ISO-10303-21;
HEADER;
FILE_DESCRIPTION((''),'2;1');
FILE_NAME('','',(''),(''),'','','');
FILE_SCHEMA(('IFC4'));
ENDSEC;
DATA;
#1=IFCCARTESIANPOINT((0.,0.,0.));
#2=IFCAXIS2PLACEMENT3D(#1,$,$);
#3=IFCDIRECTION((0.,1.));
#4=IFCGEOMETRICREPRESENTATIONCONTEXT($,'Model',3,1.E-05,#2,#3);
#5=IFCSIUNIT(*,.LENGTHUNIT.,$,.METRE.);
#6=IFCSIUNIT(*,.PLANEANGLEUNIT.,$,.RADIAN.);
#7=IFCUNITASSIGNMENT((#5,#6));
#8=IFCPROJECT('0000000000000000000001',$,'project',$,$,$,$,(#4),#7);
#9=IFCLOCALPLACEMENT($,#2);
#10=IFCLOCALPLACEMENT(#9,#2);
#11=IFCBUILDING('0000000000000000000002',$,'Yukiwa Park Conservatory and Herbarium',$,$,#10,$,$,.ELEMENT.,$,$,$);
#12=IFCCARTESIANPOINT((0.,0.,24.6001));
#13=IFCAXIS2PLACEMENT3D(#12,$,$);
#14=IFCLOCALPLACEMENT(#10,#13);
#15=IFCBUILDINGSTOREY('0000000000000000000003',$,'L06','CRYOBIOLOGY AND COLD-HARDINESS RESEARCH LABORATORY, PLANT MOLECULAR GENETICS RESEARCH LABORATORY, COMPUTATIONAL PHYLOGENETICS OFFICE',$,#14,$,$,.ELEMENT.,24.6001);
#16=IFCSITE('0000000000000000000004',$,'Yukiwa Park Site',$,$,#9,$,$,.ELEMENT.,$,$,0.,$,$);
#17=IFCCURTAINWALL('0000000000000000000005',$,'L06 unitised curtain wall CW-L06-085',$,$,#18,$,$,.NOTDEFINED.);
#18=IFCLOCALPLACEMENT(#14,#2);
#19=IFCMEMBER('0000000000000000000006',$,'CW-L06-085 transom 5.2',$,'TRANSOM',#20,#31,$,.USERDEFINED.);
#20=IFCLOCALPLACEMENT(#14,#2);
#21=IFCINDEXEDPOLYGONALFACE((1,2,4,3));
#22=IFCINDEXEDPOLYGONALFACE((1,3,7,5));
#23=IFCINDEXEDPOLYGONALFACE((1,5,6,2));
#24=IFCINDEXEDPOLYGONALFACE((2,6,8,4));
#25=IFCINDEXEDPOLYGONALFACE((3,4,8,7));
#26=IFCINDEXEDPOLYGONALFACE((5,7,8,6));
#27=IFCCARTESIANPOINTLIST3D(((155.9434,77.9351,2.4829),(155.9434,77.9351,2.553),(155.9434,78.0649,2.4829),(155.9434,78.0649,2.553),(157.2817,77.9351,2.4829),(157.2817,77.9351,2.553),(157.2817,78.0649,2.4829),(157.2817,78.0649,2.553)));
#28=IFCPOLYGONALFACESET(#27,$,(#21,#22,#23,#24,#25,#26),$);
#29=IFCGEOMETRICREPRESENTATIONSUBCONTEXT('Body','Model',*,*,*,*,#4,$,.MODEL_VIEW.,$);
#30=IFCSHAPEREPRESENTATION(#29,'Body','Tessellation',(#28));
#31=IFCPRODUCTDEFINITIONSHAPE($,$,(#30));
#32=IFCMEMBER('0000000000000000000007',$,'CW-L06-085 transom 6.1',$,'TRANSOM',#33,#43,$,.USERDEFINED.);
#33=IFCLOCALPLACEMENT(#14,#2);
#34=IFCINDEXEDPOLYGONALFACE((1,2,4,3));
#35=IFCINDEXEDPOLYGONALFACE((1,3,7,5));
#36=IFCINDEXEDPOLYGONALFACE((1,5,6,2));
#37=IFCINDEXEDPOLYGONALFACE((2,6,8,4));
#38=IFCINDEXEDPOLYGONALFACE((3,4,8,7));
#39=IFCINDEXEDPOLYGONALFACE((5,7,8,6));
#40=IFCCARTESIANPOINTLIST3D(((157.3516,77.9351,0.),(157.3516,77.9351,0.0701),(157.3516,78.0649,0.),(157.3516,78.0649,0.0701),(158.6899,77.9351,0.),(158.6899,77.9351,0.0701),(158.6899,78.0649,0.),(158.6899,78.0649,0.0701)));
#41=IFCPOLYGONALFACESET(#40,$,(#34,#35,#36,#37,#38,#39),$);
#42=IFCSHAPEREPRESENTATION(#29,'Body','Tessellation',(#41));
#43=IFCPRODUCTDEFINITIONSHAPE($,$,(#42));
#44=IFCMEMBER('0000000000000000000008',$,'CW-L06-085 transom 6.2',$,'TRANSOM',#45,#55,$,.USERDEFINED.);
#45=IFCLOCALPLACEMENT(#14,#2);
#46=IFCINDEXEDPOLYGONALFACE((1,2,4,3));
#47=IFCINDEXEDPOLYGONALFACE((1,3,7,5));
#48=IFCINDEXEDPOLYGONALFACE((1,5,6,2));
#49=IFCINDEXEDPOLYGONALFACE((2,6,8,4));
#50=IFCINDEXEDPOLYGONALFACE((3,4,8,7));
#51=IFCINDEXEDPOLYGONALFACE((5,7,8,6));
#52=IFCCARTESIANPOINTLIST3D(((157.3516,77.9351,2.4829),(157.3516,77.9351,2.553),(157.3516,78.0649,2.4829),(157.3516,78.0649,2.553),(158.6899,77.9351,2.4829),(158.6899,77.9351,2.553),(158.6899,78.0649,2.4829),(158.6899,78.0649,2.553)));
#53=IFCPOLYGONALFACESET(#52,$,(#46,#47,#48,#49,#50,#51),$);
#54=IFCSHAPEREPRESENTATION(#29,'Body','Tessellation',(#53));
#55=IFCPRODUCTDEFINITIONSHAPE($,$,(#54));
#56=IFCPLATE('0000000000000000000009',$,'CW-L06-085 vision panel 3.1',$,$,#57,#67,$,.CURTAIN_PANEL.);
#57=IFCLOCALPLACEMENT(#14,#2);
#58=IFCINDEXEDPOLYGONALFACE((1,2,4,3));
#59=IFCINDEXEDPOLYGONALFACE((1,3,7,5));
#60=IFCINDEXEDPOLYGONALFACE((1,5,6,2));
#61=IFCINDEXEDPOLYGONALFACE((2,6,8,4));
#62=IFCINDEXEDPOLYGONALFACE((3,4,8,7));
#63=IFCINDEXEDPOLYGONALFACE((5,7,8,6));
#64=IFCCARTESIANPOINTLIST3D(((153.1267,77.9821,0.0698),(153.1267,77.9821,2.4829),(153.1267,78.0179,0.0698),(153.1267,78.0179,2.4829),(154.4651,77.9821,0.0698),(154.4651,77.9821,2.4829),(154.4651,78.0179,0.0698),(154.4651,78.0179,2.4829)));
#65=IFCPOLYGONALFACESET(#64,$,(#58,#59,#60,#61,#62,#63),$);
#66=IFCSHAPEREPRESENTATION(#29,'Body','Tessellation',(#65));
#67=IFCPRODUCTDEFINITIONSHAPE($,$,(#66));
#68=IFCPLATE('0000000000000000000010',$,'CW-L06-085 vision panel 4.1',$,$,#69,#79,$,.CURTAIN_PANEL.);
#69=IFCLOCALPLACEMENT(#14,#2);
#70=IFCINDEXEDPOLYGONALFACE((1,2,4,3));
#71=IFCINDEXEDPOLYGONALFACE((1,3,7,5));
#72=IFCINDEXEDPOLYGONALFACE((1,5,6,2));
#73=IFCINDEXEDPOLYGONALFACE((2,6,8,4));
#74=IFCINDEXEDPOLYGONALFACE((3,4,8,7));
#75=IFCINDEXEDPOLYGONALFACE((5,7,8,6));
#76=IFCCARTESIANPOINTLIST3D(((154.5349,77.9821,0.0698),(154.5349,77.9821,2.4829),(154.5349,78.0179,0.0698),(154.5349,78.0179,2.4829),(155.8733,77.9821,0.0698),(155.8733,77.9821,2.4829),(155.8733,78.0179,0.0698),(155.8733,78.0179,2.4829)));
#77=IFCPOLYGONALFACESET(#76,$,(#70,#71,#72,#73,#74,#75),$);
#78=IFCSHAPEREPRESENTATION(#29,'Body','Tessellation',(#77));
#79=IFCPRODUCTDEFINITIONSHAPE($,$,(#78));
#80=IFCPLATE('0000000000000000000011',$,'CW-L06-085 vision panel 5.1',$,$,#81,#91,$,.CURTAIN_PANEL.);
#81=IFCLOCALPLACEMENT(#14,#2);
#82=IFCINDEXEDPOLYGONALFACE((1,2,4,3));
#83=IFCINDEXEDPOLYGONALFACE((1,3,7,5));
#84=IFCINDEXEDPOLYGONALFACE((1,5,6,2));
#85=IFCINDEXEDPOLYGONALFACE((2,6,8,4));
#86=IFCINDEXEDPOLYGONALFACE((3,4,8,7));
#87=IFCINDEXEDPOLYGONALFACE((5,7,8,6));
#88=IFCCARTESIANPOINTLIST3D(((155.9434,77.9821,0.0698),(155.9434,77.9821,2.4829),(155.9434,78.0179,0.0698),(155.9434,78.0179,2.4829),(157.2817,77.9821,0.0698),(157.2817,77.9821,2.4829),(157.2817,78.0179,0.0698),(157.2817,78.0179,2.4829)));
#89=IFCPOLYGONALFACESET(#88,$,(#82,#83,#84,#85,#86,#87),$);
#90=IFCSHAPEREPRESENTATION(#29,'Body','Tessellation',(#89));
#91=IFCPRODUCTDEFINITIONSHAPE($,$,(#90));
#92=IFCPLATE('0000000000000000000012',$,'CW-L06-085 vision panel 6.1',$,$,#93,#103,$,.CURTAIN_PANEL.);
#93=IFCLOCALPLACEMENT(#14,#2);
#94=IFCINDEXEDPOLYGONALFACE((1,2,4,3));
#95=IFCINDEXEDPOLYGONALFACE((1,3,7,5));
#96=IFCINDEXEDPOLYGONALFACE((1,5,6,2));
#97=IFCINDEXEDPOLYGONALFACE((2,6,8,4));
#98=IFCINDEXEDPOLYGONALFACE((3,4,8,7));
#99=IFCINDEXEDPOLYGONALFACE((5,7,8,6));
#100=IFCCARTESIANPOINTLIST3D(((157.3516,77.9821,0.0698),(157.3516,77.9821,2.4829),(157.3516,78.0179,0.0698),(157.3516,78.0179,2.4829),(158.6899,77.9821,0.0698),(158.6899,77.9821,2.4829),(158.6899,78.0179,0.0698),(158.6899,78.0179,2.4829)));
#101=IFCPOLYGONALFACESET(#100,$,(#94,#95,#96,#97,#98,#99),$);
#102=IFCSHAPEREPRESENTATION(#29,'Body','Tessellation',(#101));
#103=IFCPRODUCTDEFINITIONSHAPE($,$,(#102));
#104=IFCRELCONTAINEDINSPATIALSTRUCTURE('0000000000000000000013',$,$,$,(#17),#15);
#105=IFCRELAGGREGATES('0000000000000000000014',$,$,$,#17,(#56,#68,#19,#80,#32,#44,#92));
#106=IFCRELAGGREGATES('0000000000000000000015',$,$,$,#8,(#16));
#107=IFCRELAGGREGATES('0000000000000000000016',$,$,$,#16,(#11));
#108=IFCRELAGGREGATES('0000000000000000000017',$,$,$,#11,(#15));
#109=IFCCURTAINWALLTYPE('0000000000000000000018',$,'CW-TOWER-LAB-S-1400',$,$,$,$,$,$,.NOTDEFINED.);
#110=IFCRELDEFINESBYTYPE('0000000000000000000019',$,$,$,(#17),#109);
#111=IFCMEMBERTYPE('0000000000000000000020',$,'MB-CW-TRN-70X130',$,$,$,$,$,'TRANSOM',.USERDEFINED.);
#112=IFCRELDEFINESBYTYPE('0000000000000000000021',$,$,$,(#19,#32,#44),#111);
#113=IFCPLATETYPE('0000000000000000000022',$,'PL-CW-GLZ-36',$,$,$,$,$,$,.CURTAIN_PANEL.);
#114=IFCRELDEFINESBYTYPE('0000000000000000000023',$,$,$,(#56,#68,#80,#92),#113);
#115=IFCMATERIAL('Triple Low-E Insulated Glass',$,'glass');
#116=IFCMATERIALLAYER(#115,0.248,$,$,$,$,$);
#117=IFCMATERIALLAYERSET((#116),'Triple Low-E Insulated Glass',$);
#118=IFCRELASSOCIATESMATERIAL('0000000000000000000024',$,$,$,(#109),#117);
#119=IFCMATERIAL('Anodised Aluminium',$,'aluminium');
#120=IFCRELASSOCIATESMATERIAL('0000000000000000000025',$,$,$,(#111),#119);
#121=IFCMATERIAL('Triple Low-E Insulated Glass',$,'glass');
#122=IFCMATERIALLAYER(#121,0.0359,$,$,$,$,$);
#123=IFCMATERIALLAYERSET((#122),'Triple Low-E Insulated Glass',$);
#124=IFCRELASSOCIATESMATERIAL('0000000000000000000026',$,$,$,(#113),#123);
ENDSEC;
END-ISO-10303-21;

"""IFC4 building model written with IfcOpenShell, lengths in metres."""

from ifc_helpers import new_model, si_unit, direction, frame, origin, origin_2d, place, context, subcontext, project, spatial, rectangle, extrude, material, layer, layer_set, type_object, element, aggregate, save


model = new_model("IFC4")

# Units and contexts
model_context = context("Model", 3, precision=1e-05, world=origin(), true_north=direction((0.0, 1.0)))
body_context = subcontext(model_context, "Body", "Model", "MODEL_VIEW")
ifc_project = project(units=[si_unit("LENGTHUNIT", "METRE"), si_unit("PLANEANGLEUNIT", "RADIAN")], contexts=[model_context])

# Site, building, storey
site_placement = place(None, origin())
site = spatial("IfcSite", under=ifc_project, at=site_placement, Name="Yukiwa Park Site", CompositionType="ELEMENT", RefElevation=0.0)
building_placement = place(site_placement, origin())
building = spatial("IfcBuilding", under=site, at=building_placement, Name="Yukiwa Park Conservatory and Herbarium", CompositionType="ELEMENT")
storey_placement = place(building_placement, frame((0.0, 0.0, 24.6001)))
storey = spatial("IfcBuildingStorey", under=building, at=storey_placement, Name="L06", Description="CRYOBIOLOGY AND COLD-HARDINESS RESEARCH LABORATORY, PLANT MOLECULAR GENETICS RESEARCH LABORATORY, COMPUTATIONAL PHYLOGENETICS OFFICE", CompositionType="ELEMENT", Elevation=24.6001)

# Curtain wall, members, plates
ifc_material_1 = material(Name="Triple Low-E Insulated Glass", Category="glass")
ifc_layer_1 = layer(ifc_material_1, 0.248)
ifc_layer_set_1 = layer_set([ifc_layer_1], Name="Triple Low-E Insulated Glass")
curtain_wall_type = type_object("IfcCurtainWallType", Name="CW-TOWER-LAB-S-1400", PredefinedType="NOTDEFINED", material=ifc_layer_set_1)
curtain_wall_placement = place(storey_placement, origin())
curtain_wall = element("IfcCurtainWall", 1, at=curtain_wall_placement, inside=storey, type_object=curtain_wall_type, Name="L06 unitised curtain wall CW-L06-085", PredefinedType="NOTDEFINED")
ifc_material_2 = material(Name="Anodised Aluminium", Category="aluminium")
member_type_1 = type_object("IfcMemberType", Name="MB-CW-TRN-70X130", ElementType="TRANSOM", PredefinedType="USERDEFINED", material=ifc_material_2)
member_1_placement = place(storey_placement, frame((156.6125, 78.0, 2.4829), z_axis=(0.0, 0.0, 1.0), x_axis=(1.0, 0.0, 0.0)))
member_1 = element("IfcMember", 2, at=member_1_placement, type_object=member_type_1, Name="CW-L06-085 transom 5.2", ObjectType="TRANSOM", PredefinedType="USERDEFINED", context=body_context, shape_type="SweptSolid", body=[
    extrude(rectangle(XDim=1.3384, YDim=0.1299, at=origin_2d()), origin(), (0.0, 0.0, 1.0), 0.0701),
])
member_2_placement = place(storey_placement, frame((158.0208, 78.0, 0.0), z_axis=(0.0, 0.0, 1.0), x_axis=(1.0, 0.0, 0.0)))
member_2 = element("IfcMember", 3, at=member_2_placement, type_object=member_type_1, Name="CW-L06-085 transom 6.1", ObjectType="TRANSOM", PredefinedType="USERDEFINED", context=body_context, shape_type="SweptSolid", body=[
    extrude(rectangle(XDim=1.3384, YDim=0.1299, at=origin_2d()), origin(), (0.0, 0.0, 1.0), 0.0701),
])
member_3_placement = place(storey_placement, frame((158.0208, 78.0, 2.4829), z_axis=(0.0, 0.0, 1.0), x_axis=(1.0, 0.0, 0.0)))
member_3 = element("IfcMember", 4, at=member_3_placement, type_object=member_type_1, Name="CW-L06-085 transom 6.2", ObjectType="TRANSOM", PredefinedType="USERDEFINED", context=body_context, shape_type="SweptSolid", body=[
    extrude(rectangle(XDim=1.3384, YDim=0.1299, at=origin_2d()), origin(), (0.0, 0.0, 1.0), 0.0701),
])
ifc_material_3 = material(Name="Triple Low-E Insulated Glass", Category="glass")
ifc_layer_2 = layer(ifc_material_3, 0.0359)
ifc_layer_set_2 = layer_set([ifc_layer_2], Name="Triple Low-E Insulated Glass")
plate_type = type_object("IfcPlateType", Name="PL-CW-GLZ-36", PredefinedType="CURTAIN_PANEL", material=ifc_layer_set_2)
plate_1_placement = place(storey_placement, frame((153.7959, 78.0, 0.0698), z_axis=(0.0, 0.0, 1.0), x_axis=(1.0, 0.0, 0.0)))
plate_1 = element("IfcPlate", 5, at=plate_1_placement, type_object=plate_type, Name="CW-L06-085 vision panel 3.1", PredefinedType="CURTAIN_PANEL", context=body_context, shape_type="SweptSolid", body=[
    extrude(rectangle(XDim=1.3384, YDim=0.0359, at=origin_2d()), origin(), (0.0, 0.0, 1.0), 2.4131),
])
plate_2_placement = place(storey_placement, frame((155.2041, 78.0, 0.0698), z_axis=(0.0, 0.0, 1.0), x_axis=(1.0, 0.0, 0.0)))
plate_2 = element("IfcPlate", 6, at=plate_2_placement, type_object=plate_type, Name="CW-L06-085 vision panel 4.1", PredefinedType="CURTAIN_PANEL", context=body_context, shape_type="SweptSolid", body=[
    extrude(rectangle(XDim=1.3384, YDim=0.0359, at=origin_2d()), origin(), (0.0, 0.0, 1.0), 2.4131),
])
plate_3_placement = place(storey_placement, frame((156.6125, 78.0, 0.0698), z_axis=(0.0, 0.0, 1.0), x_axis=(1.0, 0.0, 0.0)))
plate_3 = element("IfcPlate", 7, at=plate_3_placement, type_object=plate_type, Name="CW-L06-085 vision panel 5.1", PredefinedType="CURTAIN_PANEL", context=body_context, shape_type="SweptSolid", body=[
    extrude(rectangle(XDim=1.3384, YDim=0.0359, at=origin_2d()), origin(), (0.0, 0.0, 1.0), 2.4131),
])
plate_4_placement = place(storey_placement, frame((158.0208, 78.0, 0.0698), z_axis=(0.0, 0.0, 1.0), x_axis=(1.0, 0.0, 0.0)))
plate_4 = element("IfcPlate", 8, at=plate_4_placement, type_object=plate_type, Name="CW-L06-085 vision panel 6.1", PredefinedType="CURTAIN_PANEL", context=body_context, shape_type="SweptSolid", body=[
    extrude(rectangle(XDim=1.3384, YDim=0.0359, at=origin_2d()), origin(), (0.0, 0.0, 1.0), 2.4131),
])
aggregate(curtain_wall, [plate_1, plate_2, member_1, plate_3, member_2, member_3, plate_4])

save(model, "model.ifc")
